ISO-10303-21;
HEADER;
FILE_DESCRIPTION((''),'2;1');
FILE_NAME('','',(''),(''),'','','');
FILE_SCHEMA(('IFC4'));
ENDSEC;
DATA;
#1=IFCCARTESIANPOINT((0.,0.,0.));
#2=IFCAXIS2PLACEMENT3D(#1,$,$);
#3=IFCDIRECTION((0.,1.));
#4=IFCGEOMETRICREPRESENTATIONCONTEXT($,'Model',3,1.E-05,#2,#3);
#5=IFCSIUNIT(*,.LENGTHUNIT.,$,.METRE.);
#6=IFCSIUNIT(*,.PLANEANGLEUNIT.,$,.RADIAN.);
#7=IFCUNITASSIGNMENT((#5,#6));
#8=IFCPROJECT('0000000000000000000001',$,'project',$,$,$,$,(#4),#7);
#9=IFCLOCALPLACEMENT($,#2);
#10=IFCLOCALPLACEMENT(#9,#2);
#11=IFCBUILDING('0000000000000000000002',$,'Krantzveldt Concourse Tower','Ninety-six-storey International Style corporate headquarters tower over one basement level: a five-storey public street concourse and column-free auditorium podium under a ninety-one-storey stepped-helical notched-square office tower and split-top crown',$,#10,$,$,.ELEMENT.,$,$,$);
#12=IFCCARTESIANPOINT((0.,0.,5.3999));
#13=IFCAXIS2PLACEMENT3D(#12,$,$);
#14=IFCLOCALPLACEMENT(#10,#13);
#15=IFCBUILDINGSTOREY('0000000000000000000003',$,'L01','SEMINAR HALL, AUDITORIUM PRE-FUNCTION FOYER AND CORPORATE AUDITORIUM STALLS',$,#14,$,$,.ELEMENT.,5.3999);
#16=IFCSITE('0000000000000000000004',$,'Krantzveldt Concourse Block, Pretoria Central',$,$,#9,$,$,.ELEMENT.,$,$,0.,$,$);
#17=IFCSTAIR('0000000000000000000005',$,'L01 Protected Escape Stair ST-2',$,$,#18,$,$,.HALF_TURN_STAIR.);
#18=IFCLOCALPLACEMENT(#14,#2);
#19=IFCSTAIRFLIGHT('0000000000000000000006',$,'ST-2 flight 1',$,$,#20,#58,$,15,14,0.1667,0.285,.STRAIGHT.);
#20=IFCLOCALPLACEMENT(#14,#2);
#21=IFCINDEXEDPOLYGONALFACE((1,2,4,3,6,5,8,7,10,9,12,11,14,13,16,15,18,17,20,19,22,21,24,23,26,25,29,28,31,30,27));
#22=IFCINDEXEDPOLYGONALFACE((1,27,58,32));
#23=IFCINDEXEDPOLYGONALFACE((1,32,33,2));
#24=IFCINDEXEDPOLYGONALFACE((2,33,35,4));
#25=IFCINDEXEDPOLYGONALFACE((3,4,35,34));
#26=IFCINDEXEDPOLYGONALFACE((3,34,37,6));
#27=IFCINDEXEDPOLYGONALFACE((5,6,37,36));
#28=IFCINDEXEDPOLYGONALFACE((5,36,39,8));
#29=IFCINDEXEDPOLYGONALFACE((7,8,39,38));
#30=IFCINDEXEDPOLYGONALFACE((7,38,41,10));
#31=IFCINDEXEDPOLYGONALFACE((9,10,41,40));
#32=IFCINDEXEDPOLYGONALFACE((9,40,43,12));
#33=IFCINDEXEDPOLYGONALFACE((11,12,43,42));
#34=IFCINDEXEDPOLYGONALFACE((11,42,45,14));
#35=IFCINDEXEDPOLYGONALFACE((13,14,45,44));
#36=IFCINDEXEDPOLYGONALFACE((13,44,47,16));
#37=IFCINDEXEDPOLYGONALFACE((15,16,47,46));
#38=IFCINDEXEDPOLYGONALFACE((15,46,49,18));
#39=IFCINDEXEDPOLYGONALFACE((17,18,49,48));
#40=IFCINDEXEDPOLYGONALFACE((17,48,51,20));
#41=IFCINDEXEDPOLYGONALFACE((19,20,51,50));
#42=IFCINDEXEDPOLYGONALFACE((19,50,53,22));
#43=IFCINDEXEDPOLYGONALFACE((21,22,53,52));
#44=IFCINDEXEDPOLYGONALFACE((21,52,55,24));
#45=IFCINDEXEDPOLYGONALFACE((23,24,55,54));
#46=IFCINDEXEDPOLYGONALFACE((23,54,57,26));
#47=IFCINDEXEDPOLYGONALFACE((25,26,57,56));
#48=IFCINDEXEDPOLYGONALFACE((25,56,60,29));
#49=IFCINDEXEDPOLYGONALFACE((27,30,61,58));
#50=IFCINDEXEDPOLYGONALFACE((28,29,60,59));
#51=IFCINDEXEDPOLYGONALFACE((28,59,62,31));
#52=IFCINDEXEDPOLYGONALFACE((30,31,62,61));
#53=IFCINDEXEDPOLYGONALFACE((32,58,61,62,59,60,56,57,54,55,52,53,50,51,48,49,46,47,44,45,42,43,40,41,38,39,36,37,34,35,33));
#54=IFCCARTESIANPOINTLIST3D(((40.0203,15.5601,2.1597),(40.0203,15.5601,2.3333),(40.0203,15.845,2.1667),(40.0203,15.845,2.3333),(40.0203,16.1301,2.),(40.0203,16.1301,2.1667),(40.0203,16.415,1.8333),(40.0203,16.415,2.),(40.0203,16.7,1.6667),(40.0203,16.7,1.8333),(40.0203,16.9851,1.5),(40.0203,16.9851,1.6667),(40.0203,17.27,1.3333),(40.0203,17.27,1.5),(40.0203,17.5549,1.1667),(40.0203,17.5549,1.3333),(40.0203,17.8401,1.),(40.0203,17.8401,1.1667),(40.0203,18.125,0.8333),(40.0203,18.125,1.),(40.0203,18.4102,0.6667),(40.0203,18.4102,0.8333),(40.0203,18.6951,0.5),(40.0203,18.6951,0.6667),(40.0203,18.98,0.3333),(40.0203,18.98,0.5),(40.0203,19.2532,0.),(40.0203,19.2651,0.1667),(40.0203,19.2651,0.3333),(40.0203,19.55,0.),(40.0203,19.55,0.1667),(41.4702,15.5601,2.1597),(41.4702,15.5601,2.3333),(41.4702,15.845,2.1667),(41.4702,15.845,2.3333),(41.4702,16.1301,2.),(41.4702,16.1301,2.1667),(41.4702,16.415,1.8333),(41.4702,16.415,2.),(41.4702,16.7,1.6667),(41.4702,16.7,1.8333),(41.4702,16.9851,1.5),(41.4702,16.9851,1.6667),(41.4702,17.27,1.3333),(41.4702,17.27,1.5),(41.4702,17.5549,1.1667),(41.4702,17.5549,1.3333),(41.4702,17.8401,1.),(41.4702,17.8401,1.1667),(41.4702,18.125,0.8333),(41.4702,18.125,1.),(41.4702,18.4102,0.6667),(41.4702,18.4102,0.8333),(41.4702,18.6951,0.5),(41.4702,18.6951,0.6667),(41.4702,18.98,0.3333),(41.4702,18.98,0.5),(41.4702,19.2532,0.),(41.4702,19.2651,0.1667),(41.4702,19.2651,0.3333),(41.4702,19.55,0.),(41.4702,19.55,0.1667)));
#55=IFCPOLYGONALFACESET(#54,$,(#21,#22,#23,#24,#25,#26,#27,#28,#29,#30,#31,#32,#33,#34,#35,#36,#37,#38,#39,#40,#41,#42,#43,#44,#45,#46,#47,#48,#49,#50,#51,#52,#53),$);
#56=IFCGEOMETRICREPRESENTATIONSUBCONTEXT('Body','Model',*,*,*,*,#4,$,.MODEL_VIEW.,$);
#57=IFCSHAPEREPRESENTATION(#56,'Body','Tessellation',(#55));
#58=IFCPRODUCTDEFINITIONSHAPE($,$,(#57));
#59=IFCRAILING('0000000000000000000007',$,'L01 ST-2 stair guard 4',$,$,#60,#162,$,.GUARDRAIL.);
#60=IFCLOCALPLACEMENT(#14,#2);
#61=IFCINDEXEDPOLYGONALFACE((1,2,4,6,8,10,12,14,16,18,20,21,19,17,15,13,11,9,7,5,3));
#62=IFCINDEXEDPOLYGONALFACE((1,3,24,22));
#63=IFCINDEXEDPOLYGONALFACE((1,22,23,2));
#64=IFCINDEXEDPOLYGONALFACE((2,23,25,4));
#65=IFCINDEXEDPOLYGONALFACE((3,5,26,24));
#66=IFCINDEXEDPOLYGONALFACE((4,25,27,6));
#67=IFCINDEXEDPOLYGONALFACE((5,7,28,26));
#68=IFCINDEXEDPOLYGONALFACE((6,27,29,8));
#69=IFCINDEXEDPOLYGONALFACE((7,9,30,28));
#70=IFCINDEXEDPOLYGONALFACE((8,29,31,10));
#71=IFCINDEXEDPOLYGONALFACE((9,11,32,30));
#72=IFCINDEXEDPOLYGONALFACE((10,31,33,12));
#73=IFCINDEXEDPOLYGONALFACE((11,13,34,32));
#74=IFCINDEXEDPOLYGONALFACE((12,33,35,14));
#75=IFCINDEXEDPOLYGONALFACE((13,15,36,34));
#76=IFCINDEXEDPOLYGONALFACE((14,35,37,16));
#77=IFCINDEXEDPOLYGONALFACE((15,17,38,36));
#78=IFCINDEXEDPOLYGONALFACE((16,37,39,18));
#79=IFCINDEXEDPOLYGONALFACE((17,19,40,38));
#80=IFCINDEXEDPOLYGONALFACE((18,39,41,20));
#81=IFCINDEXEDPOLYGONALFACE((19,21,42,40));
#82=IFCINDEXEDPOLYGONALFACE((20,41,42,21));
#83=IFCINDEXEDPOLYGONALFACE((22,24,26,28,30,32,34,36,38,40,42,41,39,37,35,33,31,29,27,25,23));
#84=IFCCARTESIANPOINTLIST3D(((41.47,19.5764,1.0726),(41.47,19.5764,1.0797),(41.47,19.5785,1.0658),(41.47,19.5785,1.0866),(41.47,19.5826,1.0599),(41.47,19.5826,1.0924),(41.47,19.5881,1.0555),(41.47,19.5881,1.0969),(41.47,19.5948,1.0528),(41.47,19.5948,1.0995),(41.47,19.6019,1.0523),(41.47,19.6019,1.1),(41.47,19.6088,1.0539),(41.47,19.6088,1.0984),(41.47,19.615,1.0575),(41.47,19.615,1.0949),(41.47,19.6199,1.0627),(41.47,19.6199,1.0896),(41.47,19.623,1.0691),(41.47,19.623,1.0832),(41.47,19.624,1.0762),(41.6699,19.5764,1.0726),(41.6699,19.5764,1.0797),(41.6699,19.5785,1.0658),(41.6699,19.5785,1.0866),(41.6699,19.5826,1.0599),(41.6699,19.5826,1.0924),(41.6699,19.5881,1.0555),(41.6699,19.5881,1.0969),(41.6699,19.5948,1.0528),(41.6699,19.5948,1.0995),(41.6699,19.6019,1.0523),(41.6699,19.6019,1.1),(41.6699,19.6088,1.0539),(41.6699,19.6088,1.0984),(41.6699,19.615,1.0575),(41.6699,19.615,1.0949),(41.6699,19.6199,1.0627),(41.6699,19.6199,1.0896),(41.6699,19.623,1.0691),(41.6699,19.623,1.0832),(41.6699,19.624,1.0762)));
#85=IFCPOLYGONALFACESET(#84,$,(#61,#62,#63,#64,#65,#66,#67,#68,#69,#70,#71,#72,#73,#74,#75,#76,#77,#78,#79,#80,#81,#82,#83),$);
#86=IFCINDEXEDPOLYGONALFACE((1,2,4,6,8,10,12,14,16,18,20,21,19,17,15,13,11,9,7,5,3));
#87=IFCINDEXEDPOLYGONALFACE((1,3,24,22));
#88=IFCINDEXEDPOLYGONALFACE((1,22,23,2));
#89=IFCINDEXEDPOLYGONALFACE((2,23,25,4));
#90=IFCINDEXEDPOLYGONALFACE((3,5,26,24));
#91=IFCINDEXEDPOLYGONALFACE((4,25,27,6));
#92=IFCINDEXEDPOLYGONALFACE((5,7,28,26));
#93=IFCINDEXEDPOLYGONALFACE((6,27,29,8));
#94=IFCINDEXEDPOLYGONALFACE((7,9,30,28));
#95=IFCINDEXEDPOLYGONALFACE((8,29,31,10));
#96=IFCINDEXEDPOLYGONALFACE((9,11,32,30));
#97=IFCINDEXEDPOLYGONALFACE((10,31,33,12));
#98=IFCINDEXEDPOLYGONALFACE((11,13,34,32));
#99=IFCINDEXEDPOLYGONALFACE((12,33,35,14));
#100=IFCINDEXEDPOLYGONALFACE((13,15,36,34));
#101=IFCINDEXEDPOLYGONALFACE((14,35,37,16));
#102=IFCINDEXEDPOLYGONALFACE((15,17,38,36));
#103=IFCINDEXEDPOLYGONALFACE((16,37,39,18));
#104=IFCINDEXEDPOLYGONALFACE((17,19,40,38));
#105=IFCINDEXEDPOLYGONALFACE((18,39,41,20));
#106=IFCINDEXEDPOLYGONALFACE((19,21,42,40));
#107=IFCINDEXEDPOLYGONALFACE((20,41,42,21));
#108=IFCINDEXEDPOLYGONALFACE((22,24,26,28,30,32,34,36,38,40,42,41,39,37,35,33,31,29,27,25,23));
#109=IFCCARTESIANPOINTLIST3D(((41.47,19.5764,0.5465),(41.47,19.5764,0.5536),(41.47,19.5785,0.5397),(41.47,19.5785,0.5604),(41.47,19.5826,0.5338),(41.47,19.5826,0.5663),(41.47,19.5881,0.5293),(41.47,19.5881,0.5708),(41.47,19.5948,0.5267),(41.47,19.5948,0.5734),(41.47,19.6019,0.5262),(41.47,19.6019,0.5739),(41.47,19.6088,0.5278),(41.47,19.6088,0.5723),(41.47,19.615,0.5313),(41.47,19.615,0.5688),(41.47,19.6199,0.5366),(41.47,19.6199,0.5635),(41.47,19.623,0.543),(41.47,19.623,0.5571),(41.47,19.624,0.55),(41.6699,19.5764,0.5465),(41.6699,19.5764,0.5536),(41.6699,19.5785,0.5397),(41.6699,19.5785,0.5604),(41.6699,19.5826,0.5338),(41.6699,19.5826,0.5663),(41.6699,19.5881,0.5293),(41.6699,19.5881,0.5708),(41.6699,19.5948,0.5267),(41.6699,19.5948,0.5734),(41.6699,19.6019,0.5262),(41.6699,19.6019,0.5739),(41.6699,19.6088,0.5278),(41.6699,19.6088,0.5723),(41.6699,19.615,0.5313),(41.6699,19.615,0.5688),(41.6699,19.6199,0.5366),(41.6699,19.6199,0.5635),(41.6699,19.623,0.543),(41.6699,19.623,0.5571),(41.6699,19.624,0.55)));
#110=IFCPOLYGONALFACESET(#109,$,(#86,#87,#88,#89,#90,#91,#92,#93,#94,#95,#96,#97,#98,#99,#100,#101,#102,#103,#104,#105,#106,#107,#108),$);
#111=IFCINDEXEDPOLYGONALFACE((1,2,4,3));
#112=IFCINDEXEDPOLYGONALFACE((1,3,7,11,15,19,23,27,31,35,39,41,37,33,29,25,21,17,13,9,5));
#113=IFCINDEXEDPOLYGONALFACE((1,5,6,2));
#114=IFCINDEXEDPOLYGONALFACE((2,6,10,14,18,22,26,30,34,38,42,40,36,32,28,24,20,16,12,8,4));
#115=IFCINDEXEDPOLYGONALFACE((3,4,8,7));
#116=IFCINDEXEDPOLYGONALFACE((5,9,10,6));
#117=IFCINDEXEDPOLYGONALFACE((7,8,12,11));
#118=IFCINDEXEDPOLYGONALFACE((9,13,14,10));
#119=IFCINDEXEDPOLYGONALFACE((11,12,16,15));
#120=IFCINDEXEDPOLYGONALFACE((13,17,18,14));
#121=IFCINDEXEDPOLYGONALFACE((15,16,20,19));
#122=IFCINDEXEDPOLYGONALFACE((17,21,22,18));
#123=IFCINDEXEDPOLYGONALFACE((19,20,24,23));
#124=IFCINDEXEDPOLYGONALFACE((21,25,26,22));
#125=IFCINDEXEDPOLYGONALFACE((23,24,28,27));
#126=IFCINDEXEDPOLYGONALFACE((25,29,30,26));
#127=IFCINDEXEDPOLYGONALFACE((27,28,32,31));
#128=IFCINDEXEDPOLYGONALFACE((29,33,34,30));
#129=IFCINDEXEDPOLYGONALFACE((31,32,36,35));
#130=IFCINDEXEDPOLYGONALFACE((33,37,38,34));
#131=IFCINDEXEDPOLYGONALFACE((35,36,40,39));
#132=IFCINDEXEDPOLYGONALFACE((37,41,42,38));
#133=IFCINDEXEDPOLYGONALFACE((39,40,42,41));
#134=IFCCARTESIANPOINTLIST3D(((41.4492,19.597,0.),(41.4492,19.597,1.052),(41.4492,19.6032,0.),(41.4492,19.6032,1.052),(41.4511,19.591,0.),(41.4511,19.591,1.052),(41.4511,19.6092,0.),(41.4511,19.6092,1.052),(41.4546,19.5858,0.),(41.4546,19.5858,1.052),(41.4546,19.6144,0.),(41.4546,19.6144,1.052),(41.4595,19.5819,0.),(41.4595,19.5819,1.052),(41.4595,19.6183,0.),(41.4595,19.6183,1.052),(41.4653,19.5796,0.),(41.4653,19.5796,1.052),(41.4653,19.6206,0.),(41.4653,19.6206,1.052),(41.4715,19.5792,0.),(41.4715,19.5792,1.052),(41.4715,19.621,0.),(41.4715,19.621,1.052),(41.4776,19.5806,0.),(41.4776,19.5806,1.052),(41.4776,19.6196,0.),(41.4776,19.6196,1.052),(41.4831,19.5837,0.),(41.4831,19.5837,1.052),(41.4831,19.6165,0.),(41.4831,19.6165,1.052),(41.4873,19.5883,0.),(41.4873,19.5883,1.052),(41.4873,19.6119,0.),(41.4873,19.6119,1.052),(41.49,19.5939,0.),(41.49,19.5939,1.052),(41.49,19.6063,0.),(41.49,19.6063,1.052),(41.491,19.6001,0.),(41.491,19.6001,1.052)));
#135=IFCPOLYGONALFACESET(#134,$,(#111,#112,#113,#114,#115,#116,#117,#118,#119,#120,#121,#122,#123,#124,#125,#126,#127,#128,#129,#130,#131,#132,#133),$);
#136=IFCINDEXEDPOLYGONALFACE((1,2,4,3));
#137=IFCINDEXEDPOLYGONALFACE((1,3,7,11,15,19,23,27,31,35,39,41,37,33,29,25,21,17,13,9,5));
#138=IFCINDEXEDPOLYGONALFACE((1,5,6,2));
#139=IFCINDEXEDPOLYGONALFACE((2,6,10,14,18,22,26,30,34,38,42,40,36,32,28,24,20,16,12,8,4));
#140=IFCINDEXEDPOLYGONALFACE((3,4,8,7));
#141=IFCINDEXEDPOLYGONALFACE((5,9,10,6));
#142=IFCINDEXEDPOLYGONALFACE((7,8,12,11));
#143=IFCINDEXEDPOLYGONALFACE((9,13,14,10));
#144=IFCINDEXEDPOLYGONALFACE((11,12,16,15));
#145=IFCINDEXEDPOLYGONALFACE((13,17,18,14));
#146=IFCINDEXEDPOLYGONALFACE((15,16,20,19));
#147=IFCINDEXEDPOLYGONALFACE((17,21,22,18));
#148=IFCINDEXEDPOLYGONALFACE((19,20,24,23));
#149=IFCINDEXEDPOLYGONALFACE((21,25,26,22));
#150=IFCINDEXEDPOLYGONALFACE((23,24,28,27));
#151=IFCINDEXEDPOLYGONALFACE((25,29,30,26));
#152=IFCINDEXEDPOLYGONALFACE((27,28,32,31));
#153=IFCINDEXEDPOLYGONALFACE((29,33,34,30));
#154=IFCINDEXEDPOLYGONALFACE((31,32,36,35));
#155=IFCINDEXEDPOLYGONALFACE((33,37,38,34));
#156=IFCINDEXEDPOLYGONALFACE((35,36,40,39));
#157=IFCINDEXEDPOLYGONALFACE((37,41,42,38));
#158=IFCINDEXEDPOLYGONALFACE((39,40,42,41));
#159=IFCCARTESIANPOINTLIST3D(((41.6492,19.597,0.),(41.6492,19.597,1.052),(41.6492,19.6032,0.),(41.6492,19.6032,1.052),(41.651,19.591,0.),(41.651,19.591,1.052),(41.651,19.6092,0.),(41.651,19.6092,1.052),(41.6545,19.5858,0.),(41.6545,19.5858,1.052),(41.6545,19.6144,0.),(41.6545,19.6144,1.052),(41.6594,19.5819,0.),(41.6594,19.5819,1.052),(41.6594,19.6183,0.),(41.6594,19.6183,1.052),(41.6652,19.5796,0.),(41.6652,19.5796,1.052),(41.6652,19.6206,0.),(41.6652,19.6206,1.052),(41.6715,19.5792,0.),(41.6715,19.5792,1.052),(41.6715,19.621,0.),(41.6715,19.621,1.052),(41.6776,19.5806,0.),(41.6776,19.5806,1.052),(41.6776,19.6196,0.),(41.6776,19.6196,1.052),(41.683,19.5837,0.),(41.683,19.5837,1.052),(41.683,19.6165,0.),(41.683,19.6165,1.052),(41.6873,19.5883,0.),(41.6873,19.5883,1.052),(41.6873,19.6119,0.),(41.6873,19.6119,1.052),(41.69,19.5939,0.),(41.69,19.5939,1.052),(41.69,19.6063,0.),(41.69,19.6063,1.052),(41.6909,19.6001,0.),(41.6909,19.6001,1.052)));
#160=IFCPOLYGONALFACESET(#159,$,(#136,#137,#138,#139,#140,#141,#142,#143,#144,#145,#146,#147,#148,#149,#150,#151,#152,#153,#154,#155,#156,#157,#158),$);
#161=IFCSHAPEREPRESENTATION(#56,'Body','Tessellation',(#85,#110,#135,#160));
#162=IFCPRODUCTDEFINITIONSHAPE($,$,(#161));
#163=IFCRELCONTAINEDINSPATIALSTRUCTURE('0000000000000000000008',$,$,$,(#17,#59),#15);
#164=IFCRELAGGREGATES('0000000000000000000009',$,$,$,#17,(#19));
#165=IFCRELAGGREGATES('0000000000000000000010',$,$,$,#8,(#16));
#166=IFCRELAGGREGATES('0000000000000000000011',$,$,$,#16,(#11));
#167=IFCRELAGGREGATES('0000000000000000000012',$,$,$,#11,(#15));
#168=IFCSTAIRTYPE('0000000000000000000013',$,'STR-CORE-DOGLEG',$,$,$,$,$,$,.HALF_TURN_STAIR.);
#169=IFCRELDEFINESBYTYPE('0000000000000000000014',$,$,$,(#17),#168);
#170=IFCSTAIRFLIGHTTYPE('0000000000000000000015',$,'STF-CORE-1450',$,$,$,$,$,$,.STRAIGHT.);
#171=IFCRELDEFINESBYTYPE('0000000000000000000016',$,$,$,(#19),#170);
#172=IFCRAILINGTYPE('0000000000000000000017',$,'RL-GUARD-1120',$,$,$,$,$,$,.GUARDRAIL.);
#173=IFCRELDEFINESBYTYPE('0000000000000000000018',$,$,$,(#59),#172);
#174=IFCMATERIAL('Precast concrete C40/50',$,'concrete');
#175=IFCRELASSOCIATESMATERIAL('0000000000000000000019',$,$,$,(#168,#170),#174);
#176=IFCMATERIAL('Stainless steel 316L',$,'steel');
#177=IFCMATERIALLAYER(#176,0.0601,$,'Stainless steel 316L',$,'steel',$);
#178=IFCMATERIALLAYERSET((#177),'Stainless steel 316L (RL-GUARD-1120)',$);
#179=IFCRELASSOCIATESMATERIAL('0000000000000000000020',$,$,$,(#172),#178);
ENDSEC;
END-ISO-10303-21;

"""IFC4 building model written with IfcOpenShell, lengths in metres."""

from ifc_helpers import new_model, si_unit, direction, frame, origin, origin_2d, place, context, subcontext, project, spatial, polyline, circle, outline, extrude, material, layer, layer_set, type_object, element, aggregate, save


model = new_model("IFC4")

# Units and contexts
model_context = context("Model", 3, precision=1e-05, world=origin(), true_north=direction((0.0, 1.0)))
body_context = subcontext(model_context, "Body", "Model", "MODEL_VIEW")
ifc_project = project(units=[si_unit("LENGTHUNIT", "METRE"), si_unit("PLANEANGLEUNIT", "RADIAN")], contexts=[model_context])

# Site, building, storey
site_placement = place(None, origin())
site = spatial("IfcSite", under=ifc_project, at=site_placement, Name="Krantzveldt Concourse Block, Pretoria Central", CompositionType="ELEMENT", RefElevation=0.0)
building_placement = place(site_placement, origin())
building = spatial("IfcBuilding", under=site, at=building_placement, Name="Krantzveldt Concourse Tower", Description="Ninety-six-storey International Style corporate headquarters tower over one basement level: a five-storey public street concourse and column-free auditorium podium under a ninety-one-storey stepped-helical notched-square office tower and split-top crown", CompositionType="ELEMENT")
storey_placement = place(building_placement, frame((0.0, 0.0, 5.3999)))
storey = spatial("IfcBuildingStorey", under=building, at=storey_placement, Name="L01", Description="SEMINAR HALL, AUDITORIUM PRE-FUNCTION FOYER AND CORPORATE AUDITORIUM STALLS", CompositionType="ELEMENT", Elevation=5.3999)

# Shared definitions
ifc_material_1 = material(Name="Stainless steel 316L", Category="steel")

# Stair, stair flight
ifc_material_2 = material(Name="Precast concrete C40/50", Category="concrete")
stair_type = type_object("IfcStairType", Name="STR-CORE-DOGLEG", PredefinedType="HALF_TURN_STAIR", material=ifc_material_2)
stair_placement = place(storey_placement, origin())
stair = element("IfcStair", 1, at=stair_placement, inside=storey, type_object=stair_type, Name="L01 Protected Escape Stair ST-2", PredefinedType="HALF_TURN_STAIR")
stair_flight_type = type_object("IfcStairFlightType", Name="STF-CORE-1450", PredefinedType="STRAIGHT", material=ifc_material_2)
stair_flight_placement = place(storey_placement, frame((40.7451, 19.55, 0.0), z_axis=(0.0, 0.0, 1.0), x_axis=(0.0, -1.0, 0.0)))
stair_flight = element("IfcStairFlight", 2, at=stair_flight_placement, type_object=stair_flight_type, Name="ST-2 flight 1", NumberOfRisers=15, NumberOfTreads=14, PredefinedType="STRAIGHT", RiserHeight=0.1667, TreadLength=0.285, context=body_context, shape_type="SweptSolid", body=[
    extrude(outline(polyline([(0.0, 0.0), (0.0, 0.1667), (0.2849, 0.1667), (0.2849, 0.3333), (0.5701, 0.3333), (0.5701, 0.5), (0.855, 0.5), (0.855, 0.6667), (1.1399, 0.6667), (1.1399, 0.8333), (1.425, 0.8333), (1.425, 1.0), (1.71, 1.0), (1.71, 1.1667), (1.9951, 1.1667), (1.9951, 1.3333), (2.28, 1.3333), (2.28, 1.5), (2.5649, 1.5), (2.5649, 1.6667), (2.8501, 1.6667), (2.8501, 1.8333), (3.135, 1.8333), (3.135, 2.0), (3.4199, 2.0), (3.4199, 2.1667), (3.7051, 2.1667), (3.7051, 2.3333), (3.99, 2.3333), (3.99, 2.5), (3.99, 2.1597), (0.2969, 0.0), (0.0, 0.0)])), frame((0.0, 0.7251, 0.0), z_axis=(0.0, -1.0, 0.0), x_axis=(1.0, 0.0, 0.0)), (0.0, 0.0, 1.0), 1.45),
])
aggregate(stair, [stair_flight])

# Railing
ifc_layer_1 = layer(ifc_material_1, 0.0601, Name="Stainless steel 316L", Category="steel")
ifc_layer_set_1 = layer_set([ifc_layer_1], Name="Stainless steel 316L (RL-GUARD-1120)")
railing_type_1 = type_object("IfcRailingType", Name="RL-GUARD-1120", PredefinedType="GUARDRAIL", material=ifc_layer_set_1)
railing_1_placement = place(storey_placement, frame((41.47, 19.6001, 0.0)))
element("IfcRailing", 3, at=railing_1_placement, inside=storey, type_object=railing_type_1, Name="L01 ST-2 stair guard 4", PredefinedType="GUARDRAIL", context=body_context, shape_type="SweptSolid", body=[
    extrude(circle(Radius=0.0239, at=origin_2d()), frame((0.0, 0.0, 1.0762), z_axis=(1.0, 0.0, 0.0), x_axis=(0.0, 1.0, 0.0)), (0.0, 0.0, 1.0), 0.2),
    extrude(circle(Radius=0.0239, at=origin_2d()), frame((0.0, 0.0, 0.55), z_axis=(1.0, 0.0, 0.0), x_axis=(0.0, 1.0, 0.0)), (0.0, 0.0, 1.0), 0.2),
    extrude(circle(Radius=0.021, at=origin_2d()), origin(), (0.0, 0.0, 1.0), 1.052),
    extrude(circle(Radius=0.021, at=origin_2d()), frame((0.2, 0.0, 0.0)), (0.0, 0.0, 1.0), 1.052),
])

save(model, "model.ifc")
